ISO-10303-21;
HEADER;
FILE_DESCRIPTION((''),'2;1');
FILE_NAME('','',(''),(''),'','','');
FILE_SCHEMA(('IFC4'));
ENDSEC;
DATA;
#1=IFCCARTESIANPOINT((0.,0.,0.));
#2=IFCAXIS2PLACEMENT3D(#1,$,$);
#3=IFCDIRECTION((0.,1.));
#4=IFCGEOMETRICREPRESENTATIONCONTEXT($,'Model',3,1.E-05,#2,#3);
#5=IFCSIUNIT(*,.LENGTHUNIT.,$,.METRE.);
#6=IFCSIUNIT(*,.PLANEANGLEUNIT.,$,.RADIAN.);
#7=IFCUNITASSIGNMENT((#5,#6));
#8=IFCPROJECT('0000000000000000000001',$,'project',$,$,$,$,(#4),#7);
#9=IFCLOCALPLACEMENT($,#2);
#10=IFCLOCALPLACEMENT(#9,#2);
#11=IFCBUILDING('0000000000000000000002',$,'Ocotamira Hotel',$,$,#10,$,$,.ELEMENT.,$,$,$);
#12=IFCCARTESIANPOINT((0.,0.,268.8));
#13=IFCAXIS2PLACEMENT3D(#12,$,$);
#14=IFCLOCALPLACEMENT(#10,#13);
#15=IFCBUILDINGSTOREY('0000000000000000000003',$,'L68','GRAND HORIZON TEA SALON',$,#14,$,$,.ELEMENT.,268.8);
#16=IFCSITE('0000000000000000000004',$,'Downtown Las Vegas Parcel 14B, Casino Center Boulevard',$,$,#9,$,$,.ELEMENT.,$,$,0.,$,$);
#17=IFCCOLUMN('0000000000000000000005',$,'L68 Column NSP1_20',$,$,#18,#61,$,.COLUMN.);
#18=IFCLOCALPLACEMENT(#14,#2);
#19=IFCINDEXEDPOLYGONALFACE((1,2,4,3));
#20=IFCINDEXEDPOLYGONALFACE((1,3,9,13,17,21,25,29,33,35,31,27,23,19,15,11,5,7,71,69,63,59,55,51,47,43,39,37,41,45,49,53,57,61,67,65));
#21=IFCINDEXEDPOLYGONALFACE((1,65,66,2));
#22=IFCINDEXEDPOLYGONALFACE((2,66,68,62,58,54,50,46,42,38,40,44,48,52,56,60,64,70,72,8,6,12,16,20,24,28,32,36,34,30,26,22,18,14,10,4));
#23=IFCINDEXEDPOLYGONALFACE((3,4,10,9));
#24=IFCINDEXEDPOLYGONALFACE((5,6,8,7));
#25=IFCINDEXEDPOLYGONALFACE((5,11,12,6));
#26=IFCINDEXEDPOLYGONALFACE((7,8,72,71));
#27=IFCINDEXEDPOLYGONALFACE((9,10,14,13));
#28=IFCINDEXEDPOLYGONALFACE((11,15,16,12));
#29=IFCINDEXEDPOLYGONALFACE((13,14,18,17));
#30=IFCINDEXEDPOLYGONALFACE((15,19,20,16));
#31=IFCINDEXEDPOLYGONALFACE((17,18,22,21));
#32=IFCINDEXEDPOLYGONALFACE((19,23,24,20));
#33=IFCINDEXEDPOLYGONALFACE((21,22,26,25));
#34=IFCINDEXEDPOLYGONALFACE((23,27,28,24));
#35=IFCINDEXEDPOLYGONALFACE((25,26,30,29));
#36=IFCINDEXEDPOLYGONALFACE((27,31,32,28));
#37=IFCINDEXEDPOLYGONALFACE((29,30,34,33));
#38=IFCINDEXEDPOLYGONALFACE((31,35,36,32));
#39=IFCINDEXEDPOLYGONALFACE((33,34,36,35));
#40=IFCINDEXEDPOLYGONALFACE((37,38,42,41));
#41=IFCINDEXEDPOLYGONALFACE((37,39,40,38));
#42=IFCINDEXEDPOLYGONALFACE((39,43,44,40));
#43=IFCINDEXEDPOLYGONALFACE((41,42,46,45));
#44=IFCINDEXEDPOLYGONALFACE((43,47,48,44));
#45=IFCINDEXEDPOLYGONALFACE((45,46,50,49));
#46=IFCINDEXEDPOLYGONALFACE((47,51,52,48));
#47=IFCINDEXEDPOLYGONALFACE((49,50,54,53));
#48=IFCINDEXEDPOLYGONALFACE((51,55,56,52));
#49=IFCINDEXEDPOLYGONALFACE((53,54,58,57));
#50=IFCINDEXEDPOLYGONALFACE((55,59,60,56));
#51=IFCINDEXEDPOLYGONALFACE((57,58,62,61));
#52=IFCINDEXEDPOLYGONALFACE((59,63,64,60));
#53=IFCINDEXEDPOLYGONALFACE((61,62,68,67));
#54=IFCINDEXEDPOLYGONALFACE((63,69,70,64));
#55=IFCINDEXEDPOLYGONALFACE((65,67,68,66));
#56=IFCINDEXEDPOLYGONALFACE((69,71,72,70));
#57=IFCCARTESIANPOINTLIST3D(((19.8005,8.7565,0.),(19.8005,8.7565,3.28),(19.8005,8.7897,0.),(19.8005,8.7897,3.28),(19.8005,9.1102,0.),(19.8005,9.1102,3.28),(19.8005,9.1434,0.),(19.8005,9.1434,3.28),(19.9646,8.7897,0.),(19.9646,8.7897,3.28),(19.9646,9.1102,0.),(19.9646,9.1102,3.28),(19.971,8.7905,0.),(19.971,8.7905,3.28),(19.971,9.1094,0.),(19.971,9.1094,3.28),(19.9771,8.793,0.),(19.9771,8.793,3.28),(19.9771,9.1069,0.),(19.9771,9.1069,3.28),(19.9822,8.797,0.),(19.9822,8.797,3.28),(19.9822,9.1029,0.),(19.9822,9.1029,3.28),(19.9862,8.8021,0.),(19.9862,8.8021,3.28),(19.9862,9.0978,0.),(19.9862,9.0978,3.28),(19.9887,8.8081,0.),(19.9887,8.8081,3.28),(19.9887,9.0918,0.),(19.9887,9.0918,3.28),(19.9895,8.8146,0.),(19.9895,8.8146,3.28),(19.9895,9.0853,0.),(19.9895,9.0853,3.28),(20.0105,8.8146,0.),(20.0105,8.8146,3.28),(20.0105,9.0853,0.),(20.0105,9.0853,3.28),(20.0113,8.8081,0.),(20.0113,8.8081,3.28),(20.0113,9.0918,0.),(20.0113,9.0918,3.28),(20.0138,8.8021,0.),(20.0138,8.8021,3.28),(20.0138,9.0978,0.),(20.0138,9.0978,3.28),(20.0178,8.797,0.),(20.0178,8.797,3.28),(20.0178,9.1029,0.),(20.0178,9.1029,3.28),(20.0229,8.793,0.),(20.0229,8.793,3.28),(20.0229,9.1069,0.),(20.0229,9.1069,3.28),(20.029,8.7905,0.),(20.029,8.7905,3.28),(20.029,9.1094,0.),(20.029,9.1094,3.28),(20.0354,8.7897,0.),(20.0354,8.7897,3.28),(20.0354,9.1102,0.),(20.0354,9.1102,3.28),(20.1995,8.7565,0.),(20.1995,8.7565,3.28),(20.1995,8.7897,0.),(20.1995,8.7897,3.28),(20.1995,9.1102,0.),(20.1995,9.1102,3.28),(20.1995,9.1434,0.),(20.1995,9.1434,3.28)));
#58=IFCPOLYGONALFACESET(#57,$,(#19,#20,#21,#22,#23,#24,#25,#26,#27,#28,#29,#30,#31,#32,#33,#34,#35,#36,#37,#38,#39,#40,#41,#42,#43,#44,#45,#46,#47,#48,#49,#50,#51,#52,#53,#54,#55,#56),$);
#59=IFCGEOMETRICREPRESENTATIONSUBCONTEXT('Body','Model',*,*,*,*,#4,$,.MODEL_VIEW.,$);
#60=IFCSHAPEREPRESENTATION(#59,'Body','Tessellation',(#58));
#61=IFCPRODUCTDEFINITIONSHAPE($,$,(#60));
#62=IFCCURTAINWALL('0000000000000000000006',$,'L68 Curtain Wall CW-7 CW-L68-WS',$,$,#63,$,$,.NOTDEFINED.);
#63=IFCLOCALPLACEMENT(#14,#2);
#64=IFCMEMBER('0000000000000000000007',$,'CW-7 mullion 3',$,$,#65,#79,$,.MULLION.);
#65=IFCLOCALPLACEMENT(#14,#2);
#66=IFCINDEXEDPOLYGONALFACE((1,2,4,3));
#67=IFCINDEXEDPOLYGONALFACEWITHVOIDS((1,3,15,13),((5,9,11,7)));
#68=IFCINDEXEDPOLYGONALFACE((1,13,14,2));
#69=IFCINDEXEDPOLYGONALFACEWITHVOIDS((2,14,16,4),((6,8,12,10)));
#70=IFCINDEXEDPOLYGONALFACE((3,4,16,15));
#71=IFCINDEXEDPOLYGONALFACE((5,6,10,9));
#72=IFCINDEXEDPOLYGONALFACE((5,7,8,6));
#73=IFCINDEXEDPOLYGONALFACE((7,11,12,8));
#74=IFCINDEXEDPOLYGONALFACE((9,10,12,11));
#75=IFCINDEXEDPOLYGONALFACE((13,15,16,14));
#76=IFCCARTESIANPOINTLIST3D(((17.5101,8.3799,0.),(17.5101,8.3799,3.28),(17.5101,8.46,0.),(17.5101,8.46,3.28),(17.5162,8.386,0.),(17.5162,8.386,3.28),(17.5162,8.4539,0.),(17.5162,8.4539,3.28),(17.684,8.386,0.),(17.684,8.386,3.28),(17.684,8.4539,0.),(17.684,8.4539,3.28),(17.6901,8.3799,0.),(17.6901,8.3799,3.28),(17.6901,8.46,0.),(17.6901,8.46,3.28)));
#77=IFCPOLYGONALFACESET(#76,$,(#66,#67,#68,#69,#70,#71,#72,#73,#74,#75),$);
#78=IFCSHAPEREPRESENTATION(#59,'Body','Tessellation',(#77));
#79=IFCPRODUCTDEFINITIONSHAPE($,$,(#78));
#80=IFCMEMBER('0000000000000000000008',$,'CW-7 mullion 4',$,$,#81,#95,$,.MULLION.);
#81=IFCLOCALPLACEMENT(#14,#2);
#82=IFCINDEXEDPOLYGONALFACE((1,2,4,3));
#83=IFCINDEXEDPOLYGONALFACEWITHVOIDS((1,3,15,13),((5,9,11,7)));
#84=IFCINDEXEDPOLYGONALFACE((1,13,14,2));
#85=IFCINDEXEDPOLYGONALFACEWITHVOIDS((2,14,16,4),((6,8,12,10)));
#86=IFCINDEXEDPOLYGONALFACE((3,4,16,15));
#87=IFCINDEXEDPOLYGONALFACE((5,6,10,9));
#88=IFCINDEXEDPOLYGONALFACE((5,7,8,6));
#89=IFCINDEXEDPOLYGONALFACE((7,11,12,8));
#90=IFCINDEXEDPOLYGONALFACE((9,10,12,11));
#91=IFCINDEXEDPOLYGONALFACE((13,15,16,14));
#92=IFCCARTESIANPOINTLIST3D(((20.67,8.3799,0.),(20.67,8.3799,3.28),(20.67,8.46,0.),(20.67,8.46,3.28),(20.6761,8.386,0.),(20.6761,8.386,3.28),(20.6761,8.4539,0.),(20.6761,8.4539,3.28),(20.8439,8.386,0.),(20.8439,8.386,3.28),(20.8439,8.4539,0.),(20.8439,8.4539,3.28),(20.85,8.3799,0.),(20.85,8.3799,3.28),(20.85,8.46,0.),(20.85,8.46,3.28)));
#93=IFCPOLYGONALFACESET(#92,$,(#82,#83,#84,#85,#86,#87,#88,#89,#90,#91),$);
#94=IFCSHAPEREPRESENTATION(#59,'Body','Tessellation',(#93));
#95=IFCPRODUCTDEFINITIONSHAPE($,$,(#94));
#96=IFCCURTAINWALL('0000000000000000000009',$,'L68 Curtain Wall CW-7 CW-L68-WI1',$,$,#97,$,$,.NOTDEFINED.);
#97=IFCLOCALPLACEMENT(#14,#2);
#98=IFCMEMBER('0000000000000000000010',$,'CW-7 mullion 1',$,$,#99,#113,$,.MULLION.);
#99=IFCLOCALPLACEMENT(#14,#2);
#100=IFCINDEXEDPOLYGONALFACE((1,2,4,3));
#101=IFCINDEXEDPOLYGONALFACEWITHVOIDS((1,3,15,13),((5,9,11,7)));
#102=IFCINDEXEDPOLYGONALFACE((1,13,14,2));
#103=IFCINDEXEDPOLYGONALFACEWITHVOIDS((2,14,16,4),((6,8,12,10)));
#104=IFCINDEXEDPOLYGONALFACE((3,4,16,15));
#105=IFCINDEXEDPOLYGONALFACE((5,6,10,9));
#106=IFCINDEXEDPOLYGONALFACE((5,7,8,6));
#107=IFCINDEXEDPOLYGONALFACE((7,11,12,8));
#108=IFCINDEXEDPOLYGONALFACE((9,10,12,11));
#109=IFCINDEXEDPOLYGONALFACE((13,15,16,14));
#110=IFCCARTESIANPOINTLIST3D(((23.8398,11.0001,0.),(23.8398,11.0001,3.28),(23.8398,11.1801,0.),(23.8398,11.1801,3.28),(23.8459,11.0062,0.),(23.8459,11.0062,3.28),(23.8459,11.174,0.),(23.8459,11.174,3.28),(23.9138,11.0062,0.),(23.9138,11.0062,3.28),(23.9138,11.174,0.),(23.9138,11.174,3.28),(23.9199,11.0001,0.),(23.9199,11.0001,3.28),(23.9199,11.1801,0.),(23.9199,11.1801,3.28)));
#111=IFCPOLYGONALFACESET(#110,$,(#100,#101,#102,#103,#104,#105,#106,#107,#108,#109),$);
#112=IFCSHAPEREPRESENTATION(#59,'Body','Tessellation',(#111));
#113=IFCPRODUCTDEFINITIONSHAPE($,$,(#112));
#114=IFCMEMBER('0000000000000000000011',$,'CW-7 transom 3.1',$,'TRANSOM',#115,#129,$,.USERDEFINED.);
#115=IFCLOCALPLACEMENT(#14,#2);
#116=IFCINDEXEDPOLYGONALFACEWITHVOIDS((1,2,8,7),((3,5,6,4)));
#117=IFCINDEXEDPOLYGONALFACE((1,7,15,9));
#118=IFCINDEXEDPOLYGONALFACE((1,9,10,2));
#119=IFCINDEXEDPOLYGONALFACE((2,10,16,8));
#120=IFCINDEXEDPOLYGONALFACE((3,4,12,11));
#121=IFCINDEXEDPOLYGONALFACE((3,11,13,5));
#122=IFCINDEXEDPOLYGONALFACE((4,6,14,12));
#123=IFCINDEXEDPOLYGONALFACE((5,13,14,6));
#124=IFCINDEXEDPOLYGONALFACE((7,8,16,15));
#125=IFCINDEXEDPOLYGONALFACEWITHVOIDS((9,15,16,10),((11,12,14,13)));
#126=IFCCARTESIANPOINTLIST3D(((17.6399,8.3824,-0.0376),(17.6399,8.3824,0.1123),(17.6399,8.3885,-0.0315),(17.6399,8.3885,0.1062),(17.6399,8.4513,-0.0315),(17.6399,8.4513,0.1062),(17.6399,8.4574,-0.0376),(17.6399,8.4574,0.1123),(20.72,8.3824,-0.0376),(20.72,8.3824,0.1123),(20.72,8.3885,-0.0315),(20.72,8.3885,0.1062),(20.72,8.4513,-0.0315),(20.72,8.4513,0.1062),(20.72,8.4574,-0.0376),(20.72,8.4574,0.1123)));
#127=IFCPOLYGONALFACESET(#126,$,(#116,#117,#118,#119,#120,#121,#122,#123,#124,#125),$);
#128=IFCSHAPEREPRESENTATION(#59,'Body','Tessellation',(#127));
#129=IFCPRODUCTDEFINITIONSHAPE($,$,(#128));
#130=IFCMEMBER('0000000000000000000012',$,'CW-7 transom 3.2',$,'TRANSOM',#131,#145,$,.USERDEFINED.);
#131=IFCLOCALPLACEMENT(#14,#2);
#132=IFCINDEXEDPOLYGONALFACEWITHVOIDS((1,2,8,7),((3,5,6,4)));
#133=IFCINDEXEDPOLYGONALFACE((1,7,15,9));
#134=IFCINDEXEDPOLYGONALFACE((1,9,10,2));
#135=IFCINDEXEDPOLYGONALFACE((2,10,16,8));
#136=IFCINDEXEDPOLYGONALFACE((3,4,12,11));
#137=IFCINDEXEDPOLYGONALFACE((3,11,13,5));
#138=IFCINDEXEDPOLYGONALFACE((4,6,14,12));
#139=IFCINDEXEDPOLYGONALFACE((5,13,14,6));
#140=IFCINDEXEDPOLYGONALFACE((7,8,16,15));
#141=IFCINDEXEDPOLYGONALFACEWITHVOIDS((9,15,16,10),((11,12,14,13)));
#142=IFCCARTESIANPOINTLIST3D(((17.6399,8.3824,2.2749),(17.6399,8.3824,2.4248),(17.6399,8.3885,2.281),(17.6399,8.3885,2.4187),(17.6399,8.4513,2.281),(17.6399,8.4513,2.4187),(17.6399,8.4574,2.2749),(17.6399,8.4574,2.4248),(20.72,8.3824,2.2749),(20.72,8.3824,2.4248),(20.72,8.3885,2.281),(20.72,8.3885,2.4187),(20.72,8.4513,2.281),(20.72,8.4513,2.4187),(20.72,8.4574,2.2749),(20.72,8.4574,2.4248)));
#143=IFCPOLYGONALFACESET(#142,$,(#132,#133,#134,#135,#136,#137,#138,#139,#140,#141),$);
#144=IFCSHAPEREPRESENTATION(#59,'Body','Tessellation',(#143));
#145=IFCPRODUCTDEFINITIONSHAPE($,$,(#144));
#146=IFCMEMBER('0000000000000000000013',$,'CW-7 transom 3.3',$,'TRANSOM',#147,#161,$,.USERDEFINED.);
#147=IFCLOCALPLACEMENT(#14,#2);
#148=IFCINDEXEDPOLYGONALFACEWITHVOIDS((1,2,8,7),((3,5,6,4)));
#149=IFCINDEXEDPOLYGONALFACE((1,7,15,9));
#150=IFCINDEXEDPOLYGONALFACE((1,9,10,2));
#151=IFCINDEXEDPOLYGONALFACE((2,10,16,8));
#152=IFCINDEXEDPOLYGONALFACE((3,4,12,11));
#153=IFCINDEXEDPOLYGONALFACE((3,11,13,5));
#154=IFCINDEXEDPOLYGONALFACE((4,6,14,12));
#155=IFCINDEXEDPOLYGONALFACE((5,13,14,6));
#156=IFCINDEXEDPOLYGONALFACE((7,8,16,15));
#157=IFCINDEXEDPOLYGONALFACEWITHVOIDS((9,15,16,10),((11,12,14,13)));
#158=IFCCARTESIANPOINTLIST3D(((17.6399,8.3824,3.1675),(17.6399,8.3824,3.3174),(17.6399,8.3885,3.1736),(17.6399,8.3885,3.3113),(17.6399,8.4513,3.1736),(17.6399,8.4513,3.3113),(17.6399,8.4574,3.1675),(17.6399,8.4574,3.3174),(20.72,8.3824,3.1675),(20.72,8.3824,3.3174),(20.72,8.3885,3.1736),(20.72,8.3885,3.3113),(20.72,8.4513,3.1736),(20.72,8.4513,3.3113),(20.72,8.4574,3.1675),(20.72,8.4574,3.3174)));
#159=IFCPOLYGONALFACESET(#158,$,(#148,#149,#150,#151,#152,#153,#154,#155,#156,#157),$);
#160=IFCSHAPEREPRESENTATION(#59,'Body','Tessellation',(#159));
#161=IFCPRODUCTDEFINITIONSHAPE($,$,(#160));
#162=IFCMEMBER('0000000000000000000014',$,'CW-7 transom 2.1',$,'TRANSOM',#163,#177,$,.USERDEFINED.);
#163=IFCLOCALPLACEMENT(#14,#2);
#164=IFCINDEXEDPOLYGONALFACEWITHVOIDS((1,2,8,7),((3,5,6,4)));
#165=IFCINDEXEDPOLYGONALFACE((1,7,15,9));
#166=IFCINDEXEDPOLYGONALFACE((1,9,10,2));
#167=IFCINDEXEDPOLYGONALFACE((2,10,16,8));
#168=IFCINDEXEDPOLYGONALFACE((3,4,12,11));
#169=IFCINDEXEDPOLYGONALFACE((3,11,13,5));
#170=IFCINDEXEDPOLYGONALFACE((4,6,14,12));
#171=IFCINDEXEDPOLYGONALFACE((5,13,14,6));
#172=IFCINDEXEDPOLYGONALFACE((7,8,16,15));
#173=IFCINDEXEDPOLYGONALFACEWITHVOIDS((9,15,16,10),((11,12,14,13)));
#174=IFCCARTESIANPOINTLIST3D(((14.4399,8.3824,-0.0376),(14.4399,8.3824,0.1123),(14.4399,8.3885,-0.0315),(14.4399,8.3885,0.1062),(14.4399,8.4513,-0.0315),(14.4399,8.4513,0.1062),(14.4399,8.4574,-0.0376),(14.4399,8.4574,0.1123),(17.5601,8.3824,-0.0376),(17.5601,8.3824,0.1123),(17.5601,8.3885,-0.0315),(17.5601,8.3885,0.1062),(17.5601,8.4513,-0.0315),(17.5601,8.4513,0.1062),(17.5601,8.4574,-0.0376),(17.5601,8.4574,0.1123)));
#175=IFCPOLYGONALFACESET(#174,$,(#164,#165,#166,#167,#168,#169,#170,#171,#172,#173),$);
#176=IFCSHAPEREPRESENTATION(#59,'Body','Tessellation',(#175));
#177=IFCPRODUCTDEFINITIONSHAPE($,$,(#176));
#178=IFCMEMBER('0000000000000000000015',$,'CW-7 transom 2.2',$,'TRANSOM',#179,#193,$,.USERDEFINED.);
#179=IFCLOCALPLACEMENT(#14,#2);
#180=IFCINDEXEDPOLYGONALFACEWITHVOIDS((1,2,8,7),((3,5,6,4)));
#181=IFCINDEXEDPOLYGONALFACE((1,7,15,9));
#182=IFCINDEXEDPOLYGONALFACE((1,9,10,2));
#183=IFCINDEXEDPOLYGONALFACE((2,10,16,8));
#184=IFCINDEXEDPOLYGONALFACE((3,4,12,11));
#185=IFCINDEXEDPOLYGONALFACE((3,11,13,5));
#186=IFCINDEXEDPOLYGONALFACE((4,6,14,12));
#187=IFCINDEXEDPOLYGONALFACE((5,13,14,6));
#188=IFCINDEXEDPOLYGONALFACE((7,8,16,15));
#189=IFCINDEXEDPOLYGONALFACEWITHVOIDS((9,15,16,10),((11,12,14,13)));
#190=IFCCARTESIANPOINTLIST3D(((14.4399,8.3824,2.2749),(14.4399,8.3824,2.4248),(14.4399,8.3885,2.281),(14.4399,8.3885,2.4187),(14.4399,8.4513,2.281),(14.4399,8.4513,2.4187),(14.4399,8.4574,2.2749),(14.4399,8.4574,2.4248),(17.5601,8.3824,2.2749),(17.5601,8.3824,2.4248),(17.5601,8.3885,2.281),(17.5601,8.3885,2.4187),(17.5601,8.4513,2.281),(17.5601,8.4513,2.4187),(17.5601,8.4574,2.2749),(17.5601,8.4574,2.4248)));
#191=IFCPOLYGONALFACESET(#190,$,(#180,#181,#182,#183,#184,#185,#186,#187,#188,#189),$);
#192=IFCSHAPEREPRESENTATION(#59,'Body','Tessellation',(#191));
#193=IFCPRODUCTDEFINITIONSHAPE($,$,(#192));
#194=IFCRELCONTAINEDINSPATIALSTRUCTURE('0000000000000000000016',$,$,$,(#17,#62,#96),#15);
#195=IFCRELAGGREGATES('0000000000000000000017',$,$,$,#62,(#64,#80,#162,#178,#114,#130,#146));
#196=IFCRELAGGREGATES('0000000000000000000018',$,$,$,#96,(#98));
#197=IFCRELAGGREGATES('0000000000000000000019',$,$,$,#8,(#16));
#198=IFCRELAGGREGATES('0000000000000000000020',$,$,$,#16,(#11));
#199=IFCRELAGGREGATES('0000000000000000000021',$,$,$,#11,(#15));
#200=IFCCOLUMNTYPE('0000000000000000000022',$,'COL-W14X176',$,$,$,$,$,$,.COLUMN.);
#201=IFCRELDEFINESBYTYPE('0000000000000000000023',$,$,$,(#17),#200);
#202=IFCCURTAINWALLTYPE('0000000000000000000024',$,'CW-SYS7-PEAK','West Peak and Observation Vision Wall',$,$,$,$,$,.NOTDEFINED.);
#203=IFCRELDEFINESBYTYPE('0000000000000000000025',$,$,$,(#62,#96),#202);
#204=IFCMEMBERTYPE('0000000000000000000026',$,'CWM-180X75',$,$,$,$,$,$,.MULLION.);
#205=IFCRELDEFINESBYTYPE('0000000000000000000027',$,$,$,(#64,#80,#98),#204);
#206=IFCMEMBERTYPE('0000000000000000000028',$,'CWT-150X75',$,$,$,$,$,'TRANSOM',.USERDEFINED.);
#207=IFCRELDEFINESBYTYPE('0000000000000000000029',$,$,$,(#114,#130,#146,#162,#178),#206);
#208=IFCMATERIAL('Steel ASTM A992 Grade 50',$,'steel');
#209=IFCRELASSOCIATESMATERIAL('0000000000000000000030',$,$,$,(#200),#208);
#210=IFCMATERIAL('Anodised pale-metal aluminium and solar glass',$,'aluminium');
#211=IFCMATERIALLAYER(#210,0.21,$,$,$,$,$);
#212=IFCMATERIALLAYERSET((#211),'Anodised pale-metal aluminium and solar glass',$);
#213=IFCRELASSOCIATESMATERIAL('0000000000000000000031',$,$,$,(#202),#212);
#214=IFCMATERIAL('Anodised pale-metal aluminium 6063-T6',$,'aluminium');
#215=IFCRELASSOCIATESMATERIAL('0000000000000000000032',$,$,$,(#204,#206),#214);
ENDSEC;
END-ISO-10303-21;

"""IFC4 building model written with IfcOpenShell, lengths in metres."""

from ifc_helpers import new_model, si_unit, direction, frame, origin, origin_2d, place, context, subcontext, project, spatial, hollow_rectangle, i_section, extrude, source, transform, mapped, material, layer, layer_set, material_profile, profile_set, type_object, element, aggregate, save


model = new_model("IFC4")

# Units and contexts
model_context = context("Model", 3, precision=1e-05, world=origin(), true_north=direction((0.0, 1.0)))
body_context = subcontext(model_context, "Body", "Model", "MODEL_VIEW")
ifc_project = project(units=[si_unit("LENGTHUNIT", "METRE"), si_unit("PLANEANGLEUNIT", "RADIAN")], contexts=[model_context])

# Site, building, storey
site_placement = place(None, origin())
site = spatial("IfcSite", under=ifc_project, at=site_placement, Name="Downtown Las Vegas Parcel 14B, Casino Center Boulevard", CompositionType="ELEMENT", RefElevation=0.0)
building_placement = place(site_placement, origin())
building = spatial("IfcBuilding", under=site, at=building_placement, Name="Ocotamira Hotel", CompositionType="ELEMENT")
storey_placement = place(building_placement, frame((0.0, 0.0, 268.8)))
storey = spatial("IfcBuildingStorey", under=building, at=storey_placement, Name="L68", Description="GRAND HORIZON TEA SALON", CompositionType="ELEMENT", Elevation=268.8)

# Column
ifc_material_1 = material(Name="Steel ASTM A992 Grade 50", Category="steel")
ifc_material_profile_1 = material_profile(ifc_material_1, i_section(OverallWidth=0.3989, OverallDepth=0.387, WebThickness=0.021, FlangeThickness=0.0332, FilletRadius=0.0249, at=origin_2d()), Name="W14X176")
ifc_profile_set_1 = profile_set([ifc_material_profile_1], Name="Steel ASTM A992 Grade 50")
column_type = type_object("IfcColumnType", Name="COL-W14X176", PredefinedType="COLUMN", material=ifc_profile_set_1)
shared_shape_1 = source(origin(), body_context, "Body", "SweptSolid", [
    extrude(i_section(OverallWidth=0.3989, OverallDepth=0.387, WebThickness=0.021, FlangeThickness=0.0332, FilletRadius=0.0249, at=origin_2d()), origin(), (0.0, 0.0, 1.0), 3.28),
])
column_placement = place(storey_placement, frame((20.0, 8.95, 0.0), z_axis=(0.0, 0.0, 1.0), x_axis=(1.0, 0.0, 0.0)))
element("IfcColumn", 1, at=column_placement, inside=storey, type_object=column_type, Name="L68 Column NSP1_20", PredefinedType="COLUMN", context=body_context, shape_type="MappedRepresentation", body=[
    mapped(shared_shape_1, transform((0.0, 0.0, 0.0), scale=1.0)),
])

# Curtain wall, members
ifc_material_2 = material(Name="Anodised pale-metal aluminium and solar glass", Category="aluminium")
ifc_layer_1 = layer(ifc_material_2, 0.21)
ifc_layer_set_1 = layer_set([ifc_layer_1], Name="Anodised pale-metal aluminium and solar glass")
curtain_wall_type = type_object("IfcCurtainWallType", Name="CW-SYS7-PEAK", Description="West Peak and Observation Vision Wall", PredefinedType="NOTDEFINED", material=ifc_layer_set_1)
curtain_wall_1_placement = place(storey_placement, origin())
curtain_wall_1 = element("IfcCurtainWall", 2, at=curtain_wall_1_placement, inside=storey, type_object=curtain_wall_type, Name="L68 Curtain Wall CW-7 CW-L68-WS", PredefinedType="NOTDEFINED")
ifc_material_3 = material(Name="Anodised pale-metal aluminium 6063-T6", Category="aluminium")
ifc_material_profile_2 = material_profile(ifc_material_3, hollow_rectangle(XDim=0.0801, YDim=0.1799, WallThickness=0.0061, at=origin_2d()), Name="HSS180X80X6")
ifc_profile_set_2 = profile_set([ifc_material_profile_2], Name="Anodised pale-metal aluminium 6063-T6")
member_type_1 = type_object("IfcMemberType", Name="CWM-180X75", PredefinedType="MULLION", material=ifc_profile_set_2)
shared_shape_2 = source(origin(), body_context, "Body", "SweptSolid", [
    extrude(hollow_rectangle(XDim=0.0801, YDim=0.1799, WallThickness=0.0061, at=origin_2d()), origin(), (0.0, 0.0, 1.0), 3.28),
])
member_1_placement = place(storey_placement, frame((17.6001, 8.4199, 0.0), z_axis=(0.0, 0.0, 1.0), x_axis=(0.0, 1.0, 0.0)))
member_1 = element("IfcMember", 3, at=member_1_placement, type_object=member_type_1, Name="CW-7 mullion 3", PredefinedType="MULLION", context=body_context, shape_type="MappedRepresentation", body=[
    mapped(shared_shape_2, transform((0.0, 0.0, 0.0), scale=1.0)),
])
member_2_placement = place(storey_placement, frame((20.76, 8.4199, 0.0), z_axis=(0.0, 0.0, 1.0), x_axis=(0.0, 1.0, 0.0)))
member_2 = element("IfcMember", 4, at=member_2_placement, type_object=member_type_1, Name="CW-7 mullion 4", PredefinedType="MULLION", context=body_context, shape_type="MappedRepresentation", body=[
    mapped(shared_shape_2, transform((0.0, 0.0, 0.0), scale=1.0)),
])

# Curtain wall, member
curtain_wall_2_placement = place(storey_placement, origin())
curtain_wall_2 = element("IfcCurtainWall", 5, at=curtain_wall_2_placement, inside=storey, type_object=curtain_wall_type, Name="L68 Curtain Wall CW-7 CW-L68-WI1", PredefinedType="NOTDEFINED")
member_3_placement = place(storey_placement, frame((23.8799, 11.0901, 0.0), z_axis=(0.0, 0.0, 1.0), x_axis=(-1.0, 0.0, 0.0)))
member_3 = element("IfcMember", 6, at=member_3_placement, type_object=member_type_1, Name="CW-7 mullion 1", PredefinedType="MULLION", context=body_context, shape_type="MappedRepresentation", body=[
    mapped(shared_shape_2, transform((0.0, 0.0, 0.0), scale=1.0)),
])

# Members
ifc_material_profile_3 = material_profile(ifc_material_3, hollow_rectangle(XDim=0.075, YDim=0.1499, WallThickness=0.0061, at=origin_2d()), Name="HSS150X75X6")
ifc_profile_set_3 = profile_set([ifc_material_profile_3], Name="Anodised pale-metal aluminium 6063-T6")
member_type_2 = type_object("IfcMemberType", Name="CWT-150X75", ElementType="TRANSOM", PredefinedType="USERDEFINED", material=ifc_profile_set_3)
shared_shape_3 = source(origin(), body_context, "Body", "SweptSolid", [
    extrude(hollow_rectangle(XDim=0.075, YDim=0.1499, WallThickness=0.0061, at=origin_2d()), origin(), (0.0, 0.0, 1.0), 3.0801),
])
member_4_placement = place(storey_placement, frame((17.6399, 8.4199, 0.0374), z_axis=(1.0, 0.0, 0.0), x_axis=(0.0, 1.0, 0.0)))
member_4 = element("IfcMember", 7, at=member_4_placement, type_object=member_type_2, Name="CW-7 transom 3.1", ObjectType="TRANSOM", PredefinedType="USERDEFINED", context=body_context, shape_type="MappedRepresentation", body=[
    mapped(shared_shape_3, transform((0.0, 0.0, 0.0), scale=1.0)),
])
member_5_placement = place(storey_placement, frame((17.6399, 8.4199, 2.3499), z_axis=(1.0, 0.0, 0.0), x_axis=(0.0, 1.0, 0.0)))
member_5 = element("IfcMember", 8, at=member_5_placement, type_object=member_type_2, Name="CW-7 transom 3.2", ObjectType="TRANSOM", PredefinedType="USERDEFINED", context=body_context, shape_type="MappedRepresentation", body=[
    mapped(shared_shape_3, transform((0.0, 0.0, 0.0), scale=1.0)),
])
member_6_placement = place(storey_placement, frame((17.6399, 8.4199, 3.2424), z_axis=(1.0, 0.0, 0.0), x_axis=(0.0, 1.0, 0.0)))
member_6 = element("IfcMember", 9, at=member_6_placement, type_object=member_type_2, Name="CW-7 transom 3.3", ObjectType="TRANSOM", PredefinedType="USERDEFINED", context=body_context, shape_type="MappedRepresentation", body=[
    mapped(shared_shape_3, transform((0.0, 0.0, 0.0), scale=1.0)),
])
shared_shape_4 = source(origin(), body_context, "Body", "SweptSolid", [
    extrude(hollow_rectangle(XDim=0.075, YDim=0.1499, WallThickness=0.0061, at=origin_2d()), origin(), (0.0, 0.0, 1.0), 3.1201),
])
member_7_placement = place(storey_placement, frame((14.4399, 8.4199, 0.0374), z_axis=(1.0, 0.0, 0.0), x_axis=(0.0, 1.0, 0.0)))
member_7 = element("IfcMember", 10, at=member_7_placement, type_object=member_type_2, Name="CW-7 transom 2.1", ObjectType="TRANSOM", PredefinedType="USERDEFINED", context=body_context, shape_type="MappedRepresentation", body=[
    mapped(shared_shape_4, transform((0.0, 0.0, 0.0), scale=1.0)),
])
member_8_placement = place(storey_placement, frame((14.4399, 8.4199, 2.3499), z_axis=(1.0, 0.0, 0.0), x_axis=(0.0, 1.0, 0.0)))
member_8 = element("IfcMember", 11, at=member_8_placement, type_object=member_type_2, Name="CW-7 transom 2.2", ObjectType="TRANSOM", PredefinedType="USERDEFINED", context=body_context, shape_type="MappedRepresentation", body=[
    mapped(shared_shape_4, transform((0.0, 0.0, 0.0), scale=1.0)),
])

aggregate(curtain_wall_1, [member_1, member_2, member_7, member_8, member_4, member_5, member_6])
aggregate(curtain_wall_2, [member_3])

save(model, "model.ifc")
